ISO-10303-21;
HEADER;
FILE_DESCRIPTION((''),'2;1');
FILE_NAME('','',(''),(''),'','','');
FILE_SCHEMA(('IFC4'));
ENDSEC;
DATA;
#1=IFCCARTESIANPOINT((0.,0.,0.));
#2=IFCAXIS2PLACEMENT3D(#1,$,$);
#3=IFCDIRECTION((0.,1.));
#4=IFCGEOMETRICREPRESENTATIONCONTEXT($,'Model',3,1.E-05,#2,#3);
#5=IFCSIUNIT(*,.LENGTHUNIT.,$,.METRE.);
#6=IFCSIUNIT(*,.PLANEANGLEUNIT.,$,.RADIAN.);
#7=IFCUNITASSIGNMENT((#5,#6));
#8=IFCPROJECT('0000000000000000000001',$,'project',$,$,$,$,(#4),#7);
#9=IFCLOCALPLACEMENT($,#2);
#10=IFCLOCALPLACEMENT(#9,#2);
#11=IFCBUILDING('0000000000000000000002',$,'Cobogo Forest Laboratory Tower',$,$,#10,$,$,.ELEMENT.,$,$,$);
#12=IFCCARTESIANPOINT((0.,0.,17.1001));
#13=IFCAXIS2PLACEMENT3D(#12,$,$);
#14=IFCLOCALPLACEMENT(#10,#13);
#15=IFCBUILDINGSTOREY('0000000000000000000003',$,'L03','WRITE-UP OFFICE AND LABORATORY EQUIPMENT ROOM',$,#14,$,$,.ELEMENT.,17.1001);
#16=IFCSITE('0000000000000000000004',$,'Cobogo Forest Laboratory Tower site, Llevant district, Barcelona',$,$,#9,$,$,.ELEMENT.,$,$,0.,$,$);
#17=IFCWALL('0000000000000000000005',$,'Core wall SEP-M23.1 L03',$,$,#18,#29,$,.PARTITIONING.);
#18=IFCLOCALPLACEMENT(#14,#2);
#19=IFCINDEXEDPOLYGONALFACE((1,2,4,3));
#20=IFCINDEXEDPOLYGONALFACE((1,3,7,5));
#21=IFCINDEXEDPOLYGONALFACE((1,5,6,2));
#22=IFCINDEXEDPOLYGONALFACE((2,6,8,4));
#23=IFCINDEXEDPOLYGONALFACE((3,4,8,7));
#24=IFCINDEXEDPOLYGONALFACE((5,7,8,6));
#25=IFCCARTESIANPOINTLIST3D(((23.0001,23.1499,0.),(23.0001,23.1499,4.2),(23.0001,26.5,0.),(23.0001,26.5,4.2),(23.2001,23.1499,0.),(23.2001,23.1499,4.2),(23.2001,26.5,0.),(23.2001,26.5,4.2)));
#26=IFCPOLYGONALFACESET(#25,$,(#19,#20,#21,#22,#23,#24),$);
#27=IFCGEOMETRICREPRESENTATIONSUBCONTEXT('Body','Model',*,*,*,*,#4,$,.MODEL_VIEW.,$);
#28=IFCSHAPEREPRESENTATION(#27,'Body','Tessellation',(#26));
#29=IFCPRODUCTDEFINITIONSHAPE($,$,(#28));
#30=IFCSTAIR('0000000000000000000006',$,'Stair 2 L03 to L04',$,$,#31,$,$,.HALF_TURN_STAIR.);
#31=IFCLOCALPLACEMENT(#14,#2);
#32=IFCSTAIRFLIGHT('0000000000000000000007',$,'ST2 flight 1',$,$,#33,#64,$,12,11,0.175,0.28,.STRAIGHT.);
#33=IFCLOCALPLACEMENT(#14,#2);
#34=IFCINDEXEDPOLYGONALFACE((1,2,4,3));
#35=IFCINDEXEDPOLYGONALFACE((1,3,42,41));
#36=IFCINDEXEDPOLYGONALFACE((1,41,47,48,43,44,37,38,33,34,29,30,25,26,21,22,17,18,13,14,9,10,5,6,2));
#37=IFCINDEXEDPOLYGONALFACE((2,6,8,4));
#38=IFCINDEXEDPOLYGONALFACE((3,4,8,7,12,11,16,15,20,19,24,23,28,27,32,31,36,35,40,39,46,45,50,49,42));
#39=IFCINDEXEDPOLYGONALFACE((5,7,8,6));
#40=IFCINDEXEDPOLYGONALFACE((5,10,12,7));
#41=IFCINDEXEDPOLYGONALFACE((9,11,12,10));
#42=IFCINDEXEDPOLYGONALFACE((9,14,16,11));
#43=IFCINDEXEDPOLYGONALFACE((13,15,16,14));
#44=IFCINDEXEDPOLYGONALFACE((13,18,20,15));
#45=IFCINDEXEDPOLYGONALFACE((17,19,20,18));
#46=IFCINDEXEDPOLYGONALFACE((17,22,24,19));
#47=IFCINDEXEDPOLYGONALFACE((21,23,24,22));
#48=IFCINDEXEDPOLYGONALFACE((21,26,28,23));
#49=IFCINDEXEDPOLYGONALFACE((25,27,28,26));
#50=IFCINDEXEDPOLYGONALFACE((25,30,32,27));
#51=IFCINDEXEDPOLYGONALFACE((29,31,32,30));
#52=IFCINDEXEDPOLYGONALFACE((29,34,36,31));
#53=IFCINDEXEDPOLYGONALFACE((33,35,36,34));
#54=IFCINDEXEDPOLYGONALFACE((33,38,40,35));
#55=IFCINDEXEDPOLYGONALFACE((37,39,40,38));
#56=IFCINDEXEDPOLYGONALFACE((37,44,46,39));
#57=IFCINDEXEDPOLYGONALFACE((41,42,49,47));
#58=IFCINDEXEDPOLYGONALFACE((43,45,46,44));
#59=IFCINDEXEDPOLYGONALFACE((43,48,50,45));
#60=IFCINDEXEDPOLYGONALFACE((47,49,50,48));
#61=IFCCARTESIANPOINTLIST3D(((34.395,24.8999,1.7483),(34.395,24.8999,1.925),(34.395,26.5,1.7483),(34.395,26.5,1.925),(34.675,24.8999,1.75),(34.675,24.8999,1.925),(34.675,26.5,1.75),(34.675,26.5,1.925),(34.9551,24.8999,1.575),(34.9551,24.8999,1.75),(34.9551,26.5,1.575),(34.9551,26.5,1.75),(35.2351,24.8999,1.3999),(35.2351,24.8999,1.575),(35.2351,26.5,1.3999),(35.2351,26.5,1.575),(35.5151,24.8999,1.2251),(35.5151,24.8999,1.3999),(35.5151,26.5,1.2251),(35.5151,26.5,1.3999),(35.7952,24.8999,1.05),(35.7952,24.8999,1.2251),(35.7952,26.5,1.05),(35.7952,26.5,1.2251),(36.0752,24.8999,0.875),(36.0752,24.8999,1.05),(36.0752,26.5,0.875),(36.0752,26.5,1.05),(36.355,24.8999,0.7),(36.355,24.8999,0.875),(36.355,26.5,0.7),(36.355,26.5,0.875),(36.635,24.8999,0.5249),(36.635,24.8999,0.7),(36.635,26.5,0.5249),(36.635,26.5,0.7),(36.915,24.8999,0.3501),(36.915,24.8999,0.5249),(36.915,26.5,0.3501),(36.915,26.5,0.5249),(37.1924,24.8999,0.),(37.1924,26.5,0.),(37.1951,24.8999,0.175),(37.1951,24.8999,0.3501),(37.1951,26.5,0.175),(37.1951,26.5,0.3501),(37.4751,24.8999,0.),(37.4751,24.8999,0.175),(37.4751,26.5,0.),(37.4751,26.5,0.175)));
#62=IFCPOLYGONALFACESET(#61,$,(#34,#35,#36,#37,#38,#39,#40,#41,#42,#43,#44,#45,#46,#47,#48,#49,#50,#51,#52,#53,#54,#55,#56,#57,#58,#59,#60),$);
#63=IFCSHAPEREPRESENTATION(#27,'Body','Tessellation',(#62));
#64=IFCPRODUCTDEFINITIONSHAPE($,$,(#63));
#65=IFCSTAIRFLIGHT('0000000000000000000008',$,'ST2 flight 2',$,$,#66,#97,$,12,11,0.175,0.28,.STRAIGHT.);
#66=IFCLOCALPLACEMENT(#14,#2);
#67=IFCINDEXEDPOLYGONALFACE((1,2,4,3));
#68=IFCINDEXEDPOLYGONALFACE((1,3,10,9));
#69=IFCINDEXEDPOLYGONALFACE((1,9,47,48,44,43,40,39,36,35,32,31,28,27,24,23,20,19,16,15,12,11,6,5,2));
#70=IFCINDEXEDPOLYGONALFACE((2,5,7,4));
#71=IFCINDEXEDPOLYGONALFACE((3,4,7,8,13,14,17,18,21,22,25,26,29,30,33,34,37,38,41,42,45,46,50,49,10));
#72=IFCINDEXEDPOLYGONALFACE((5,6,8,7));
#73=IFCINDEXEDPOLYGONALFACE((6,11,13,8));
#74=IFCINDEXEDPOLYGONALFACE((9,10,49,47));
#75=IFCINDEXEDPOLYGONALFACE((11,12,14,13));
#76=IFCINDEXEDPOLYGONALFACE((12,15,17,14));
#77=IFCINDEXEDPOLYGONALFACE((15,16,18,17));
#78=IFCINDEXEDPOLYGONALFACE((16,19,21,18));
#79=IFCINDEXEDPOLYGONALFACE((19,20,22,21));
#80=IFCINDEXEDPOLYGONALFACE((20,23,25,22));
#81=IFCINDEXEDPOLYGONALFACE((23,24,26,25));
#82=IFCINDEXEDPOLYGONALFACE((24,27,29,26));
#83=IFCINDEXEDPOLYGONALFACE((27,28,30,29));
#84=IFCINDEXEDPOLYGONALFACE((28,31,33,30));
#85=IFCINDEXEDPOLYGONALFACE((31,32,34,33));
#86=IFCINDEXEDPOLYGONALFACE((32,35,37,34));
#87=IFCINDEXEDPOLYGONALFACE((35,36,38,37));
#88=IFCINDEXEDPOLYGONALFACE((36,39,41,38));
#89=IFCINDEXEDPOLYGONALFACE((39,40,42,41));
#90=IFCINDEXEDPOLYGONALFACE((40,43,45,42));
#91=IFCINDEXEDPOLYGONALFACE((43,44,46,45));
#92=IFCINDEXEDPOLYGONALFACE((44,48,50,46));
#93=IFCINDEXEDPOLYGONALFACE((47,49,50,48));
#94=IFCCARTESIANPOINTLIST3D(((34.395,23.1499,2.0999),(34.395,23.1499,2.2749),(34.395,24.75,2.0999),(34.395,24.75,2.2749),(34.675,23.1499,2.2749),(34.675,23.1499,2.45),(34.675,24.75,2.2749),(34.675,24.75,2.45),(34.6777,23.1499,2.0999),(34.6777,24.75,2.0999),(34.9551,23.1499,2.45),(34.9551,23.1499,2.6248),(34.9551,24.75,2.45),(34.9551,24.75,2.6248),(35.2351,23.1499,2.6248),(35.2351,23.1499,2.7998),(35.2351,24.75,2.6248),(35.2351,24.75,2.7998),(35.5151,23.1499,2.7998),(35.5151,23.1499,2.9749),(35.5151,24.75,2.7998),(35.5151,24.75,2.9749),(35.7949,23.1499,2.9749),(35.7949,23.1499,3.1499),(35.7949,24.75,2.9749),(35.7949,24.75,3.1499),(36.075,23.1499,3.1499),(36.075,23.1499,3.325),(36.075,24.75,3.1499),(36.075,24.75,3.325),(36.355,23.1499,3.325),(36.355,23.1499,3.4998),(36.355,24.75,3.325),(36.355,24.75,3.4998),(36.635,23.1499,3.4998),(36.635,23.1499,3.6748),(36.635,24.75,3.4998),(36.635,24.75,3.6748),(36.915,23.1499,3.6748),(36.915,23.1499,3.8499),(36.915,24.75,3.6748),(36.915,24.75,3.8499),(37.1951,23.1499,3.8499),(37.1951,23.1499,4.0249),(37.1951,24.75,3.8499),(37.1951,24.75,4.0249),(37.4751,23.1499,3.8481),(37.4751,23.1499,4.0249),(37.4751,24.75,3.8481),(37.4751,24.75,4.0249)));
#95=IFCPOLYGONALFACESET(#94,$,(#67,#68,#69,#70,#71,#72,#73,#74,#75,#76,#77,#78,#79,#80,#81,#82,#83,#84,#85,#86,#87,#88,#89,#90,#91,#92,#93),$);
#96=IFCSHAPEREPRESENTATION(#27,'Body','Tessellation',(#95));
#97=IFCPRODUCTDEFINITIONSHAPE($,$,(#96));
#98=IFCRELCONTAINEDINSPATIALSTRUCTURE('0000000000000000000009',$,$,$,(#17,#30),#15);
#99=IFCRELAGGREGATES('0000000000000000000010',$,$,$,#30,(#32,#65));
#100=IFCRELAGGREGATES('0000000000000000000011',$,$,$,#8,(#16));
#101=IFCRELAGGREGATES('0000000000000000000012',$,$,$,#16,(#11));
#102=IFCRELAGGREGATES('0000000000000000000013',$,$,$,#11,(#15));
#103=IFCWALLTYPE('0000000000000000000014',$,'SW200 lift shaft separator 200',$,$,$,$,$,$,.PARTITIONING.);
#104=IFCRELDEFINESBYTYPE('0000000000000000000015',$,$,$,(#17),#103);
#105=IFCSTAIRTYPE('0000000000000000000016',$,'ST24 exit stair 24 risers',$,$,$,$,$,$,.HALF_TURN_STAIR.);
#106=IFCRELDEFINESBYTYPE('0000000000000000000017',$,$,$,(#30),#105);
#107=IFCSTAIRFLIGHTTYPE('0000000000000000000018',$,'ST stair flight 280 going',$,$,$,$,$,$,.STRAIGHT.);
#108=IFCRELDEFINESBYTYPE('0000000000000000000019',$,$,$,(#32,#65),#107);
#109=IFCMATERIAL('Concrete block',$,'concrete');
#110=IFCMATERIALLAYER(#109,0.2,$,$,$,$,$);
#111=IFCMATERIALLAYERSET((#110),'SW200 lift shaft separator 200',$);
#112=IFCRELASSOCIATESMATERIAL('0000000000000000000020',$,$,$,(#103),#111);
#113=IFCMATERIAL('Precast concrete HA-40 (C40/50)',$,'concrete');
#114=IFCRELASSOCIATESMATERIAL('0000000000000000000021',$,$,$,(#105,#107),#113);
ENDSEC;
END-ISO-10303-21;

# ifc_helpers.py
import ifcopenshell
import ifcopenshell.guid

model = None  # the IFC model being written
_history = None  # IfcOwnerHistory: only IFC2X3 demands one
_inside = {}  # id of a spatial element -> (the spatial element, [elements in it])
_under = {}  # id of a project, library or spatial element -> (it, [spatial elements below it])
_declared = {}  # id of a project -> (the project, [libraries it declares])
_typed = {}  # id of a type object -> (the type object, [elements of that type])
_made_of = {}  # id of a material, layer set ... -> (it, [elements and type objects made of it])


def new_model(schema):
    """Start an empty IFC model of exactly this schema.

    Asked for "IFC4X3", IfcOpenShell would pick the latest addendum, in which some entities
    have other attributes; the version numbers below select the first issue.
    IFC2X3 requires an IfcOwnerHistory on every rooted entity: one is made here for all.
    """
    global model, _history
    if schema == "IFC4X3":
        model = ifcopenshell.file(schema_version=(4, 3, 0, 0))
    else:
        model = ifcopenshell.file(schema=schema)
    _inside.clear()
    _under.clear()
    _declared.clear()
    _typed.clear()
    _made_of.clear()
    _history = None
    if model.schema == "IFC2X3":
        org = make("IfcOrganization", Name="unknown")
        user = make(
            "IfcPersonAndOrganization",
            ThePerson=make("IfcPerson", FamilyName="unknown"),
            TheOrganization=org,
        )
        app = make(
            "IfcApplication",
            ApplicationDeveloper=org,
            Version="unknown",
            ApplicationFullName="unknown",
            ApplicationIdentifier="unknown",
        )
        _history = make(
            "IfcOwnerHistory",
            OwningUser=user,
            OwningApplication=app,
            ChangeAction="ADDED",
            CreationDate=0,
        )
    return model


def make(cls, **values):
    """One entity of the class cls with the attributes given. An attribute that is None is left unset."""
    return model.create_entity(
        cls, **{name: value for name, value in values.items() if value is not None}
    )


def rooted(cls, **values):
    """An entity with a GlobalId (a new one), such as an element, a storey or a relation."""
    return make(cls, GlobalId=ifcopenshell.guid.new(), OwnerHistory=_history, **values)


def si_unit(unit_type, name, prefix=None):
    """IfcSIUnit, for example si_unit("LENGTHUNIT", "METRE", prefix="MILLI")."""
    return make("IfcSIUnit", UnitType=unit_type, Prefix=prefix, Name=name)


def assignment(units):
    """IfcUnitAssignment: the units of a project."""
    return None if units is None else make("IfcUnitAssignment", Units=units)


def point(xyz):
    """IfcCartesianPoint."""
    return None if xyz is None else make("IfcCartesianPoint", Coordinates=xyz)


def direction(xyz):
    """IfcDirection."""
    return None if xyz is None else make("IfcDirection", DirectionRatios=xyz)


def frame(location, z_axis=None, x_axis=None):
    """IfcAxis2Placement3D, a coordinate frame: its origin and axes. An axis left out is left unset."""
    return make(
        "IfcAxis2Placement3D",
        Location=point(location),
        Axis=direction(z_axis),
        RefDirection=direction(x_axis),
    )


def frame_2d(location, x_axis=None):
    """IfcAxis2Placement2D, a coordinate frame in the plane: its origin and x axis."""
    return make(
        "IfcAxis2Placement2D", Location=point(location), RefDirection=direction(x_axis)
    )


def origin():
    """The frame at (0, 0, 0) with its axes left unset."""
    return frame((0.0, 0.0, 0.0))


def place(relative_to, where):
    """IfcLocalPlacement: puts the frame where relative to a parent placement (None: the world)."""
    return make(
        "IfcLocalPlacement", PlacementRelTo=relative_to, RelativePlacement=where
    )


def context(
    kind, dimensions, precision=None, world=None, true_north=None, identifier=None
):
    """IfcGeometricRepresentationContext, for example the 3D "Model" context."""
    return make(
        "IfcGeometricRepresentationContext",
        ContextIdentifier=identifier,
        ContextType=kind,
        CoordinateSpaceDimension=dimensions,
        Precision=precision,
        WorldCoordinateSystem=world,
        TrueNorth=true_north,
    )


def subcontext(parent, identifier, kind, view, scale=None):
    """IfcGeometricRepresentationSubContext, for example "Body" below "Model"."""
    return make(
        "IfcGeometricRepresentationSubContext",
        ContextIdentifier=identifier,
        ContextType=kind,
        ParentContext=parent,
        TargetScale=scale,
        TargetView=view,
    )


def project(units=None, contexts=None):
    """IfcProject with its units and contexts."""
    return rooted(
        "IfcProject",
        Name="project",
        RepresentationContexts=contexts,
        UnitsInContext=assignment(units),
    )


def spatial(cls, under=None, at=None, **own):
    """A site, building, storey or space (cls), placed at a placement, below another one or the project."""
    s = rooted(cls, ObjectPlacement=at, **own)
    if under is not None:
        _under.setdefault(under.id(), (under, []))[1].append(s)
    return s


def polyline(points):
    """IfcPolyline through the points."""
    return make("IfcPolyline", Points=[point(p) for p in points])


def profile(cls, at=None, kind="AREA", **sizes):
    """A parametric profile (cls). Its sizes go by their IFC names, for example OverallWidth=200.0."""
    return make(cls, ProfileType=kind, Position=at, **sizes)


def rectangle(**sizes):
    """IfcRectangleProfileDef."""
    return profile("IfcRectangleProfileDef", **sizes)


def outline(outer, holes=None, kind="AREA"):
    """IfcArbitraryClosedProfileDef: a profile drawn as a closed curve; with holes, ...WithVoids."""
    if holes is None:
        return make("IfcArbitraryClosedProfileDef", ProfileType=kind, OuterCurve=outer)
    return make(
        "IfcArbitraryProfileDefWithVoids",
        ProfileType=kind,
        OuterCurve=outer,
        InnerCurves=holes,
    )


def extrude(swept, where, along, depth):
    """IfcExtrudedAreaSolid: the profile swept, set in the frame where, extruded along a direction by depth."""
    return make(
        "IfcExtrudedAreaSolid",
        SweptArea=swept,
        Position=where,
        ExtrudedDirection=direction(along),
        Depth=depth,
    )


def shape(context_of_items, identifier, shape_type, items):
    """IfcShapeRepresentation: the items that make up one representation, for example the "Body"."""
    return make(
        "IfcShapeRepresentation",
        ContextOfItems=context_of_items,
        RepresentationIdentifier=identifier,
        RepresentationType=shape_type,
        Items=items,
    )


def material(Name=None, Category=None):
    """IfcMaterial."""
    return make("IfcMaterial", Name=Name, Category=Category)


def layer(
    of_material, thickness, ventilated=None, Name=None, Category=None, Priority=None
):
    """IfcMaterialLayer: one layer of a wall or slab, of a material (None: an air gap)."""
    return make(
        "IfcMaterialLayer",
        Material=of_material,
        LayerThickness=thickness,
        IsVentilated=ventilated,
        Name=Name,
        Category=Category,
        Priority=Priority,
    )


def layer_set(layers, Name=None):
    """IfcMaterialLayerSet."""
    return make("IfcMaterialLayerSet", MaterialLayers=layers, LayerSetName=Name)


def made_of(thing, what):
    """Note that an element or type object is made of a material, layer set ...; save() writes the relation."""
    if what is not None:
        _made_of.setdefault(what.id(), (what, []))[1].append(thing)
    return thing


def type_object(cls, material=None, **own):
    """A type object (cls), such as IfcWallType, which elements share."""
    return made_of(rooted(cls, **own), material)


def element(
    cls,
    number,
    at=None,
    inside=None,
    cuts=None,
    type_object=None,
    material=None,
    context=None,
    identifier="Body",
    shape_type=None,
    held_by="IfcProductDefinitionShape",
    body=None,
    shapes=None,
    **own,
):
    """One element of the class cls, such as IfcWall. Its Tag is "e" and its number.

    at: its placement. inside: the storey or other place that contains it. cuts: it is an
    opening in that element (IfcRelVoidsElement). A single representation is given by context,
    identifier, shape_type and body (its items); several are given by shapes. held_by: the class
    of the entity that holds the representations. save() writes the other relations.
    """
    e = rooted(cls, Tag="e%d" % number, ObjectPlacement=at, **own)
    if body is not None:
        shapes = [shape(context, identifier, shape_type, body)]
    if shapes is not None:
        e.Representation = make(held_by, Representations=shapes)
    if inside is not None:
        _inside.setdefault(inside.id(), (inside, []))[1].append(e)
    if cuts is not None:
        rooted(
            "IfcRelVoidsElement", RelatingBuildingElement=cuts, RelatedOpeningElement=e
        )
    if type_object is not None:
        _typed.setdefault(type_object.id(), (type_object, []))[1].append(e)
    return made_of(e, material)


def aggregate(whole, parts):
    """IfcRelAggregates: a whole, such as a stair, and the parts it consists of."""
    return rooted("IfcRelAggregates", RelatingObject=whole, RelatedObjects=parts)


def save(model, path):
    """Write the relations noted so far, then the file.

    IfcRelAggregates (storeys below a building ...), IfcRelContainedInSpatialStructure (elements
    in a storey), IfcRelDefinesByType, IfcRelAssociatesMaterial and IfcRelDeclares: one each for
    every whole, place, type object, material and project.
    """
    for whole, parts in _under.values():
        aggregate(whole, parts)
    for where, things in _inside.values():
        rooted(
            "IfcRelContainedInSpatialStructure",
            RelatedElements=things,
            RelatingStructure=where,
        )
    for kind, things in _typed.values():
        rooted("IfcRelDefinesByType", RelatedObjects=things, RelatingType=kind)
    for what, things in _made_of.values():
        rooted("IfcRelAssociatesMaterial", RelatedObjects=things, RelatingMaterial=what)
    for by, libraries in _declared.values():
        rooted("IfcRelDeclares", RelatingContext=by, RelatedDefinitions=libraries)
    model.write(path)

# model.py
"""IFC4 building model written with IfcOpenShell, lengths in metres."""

from ifc_helpers import new_model, si_unit, direction, frame, frame_2d, origin, place, context, subcontext, project, spatial, polyline, rectangle, outline, extrude, material, layer, layer_set, type_object, element, aggregate, save


model = new_model("IFC4")

# Units and contexts
model_context = context("Model", 3, precision=1e-05, world=origin(), true_north=direction((0.0, 1.0)))
body_context = subcontext(model_context, "Body", "Model", "MODEL_VIEW")
ifc_project = project(units=[si_unit("LENGTHUNIT", "METRE"), si_unit("PLANEANGLEUNIT", "RADIAN")], contexts=[model_context])

# Site, building, storey
site_placement = place(None, origin())
site = spatial("IfcSite", under=ifc_project, at=site_placement, Name="Cobogo Forest Laboratory Tower site, Llevant district, Barcelona", CompositionType="ELEMENT", RefElevation=0.0)
building_placement = place(site_placement, origin())
building = spatial("IfcBuilding", under=site, at=building_placement, Name="Cobogo Forest Laboratory Tower", CompositionType="ELEMENT")
storey_placement = place(building_placement, frame((0.0, 0.0, 17.1001)))
storey = spatial("IfcBuildingStorey", under=building, at=storey_placement, Name="L03", Description="WRITE-UP OFFICE AND LABORATORY EQUIPMENT ROOM", CompositionType="ELEMENT", Elevation=17.1001)

# Wall
ifc_material_1 = material(Name="Concrete block", Category="concrete")
ifc_layer_1 = layer(ifc_material_1, 0.2)
ifc_layer_set_1 = layer_set([ifc_layer_1], Name="SW200 lift shaft separator 200")
wall_type_1 = type_object("IfcWallType", Name="SW200 lift shaft separator 200", PredefinedType="PARTITIONING", material=ifc_layer_set_1)
for number, where, z_axis, x_axis, name in (
    (1, (23.1001, 23.1499, 0.0), (0.0, 0.0, 1.0), (0.0, 1.0, 0.0), "Core wall SEP-M23.1 L03"),
):
    element("IfcWall", number, at=place(storey_placement, frame(where, z_axis=z_axis, x_axis=x_axis)), inside=storey, type_object=wall_type_1, Name=name, PredefinedType="PARTITIONING", context=body_context, shape_type="SweptSolid", body=[
        extrude(rectangle(XDim=3.3501, YDim=0.2, at=frame_2d((1.675, 0.0))), origin(), (0.0, 0.0, 1.0), 4.2),
    ])

# Stair, stair flights
ifc_material_2 = material(Name="Precast concrete HA-40 (C40/50)", Category="concrete")
stair_type = type_object("IfcStairType", Name="ST24 exit stair 24 risers", PredefinedType="HALF_TURN_STAIR", material=ifc_material_2)
stair_placement = place(storey_placement, origin())
stair = element("IfcStair", 2, at=stair_placement, inside=storey, type_object=stair_type, Name="Stair 2 L03 to L04", PredefinedType="HALF_TURN_STAIR")
stair_flight_type = type_object("IfcStairFlightType", Name="ST stair flight 280 going", PredefinedType="STRAIGHT", material=ifc_material_2)
stair_flight_1_placement = place(storey_placement, frame((37.4751, 25.7, 0.0), z_axis=(0.0, 0.0, 1.0), x_axis=(-1.0, 0.0, 0.0)))
stair_flight_1 = element("IfcStairFlight", 3, at=stair_flight_1_placement, type_object=stair_flight_type, Name="ST2 flight 1", NumberOfRisers=12, NumberOfTreads=11, PredefinedType="STRAIGHT", RiserHeight=0.175, TreadLength=0.28, context=body_context, shape_type="SweptSolid", body=[
    extrude(outline(polyline([(0.0, 0.0), (0.0, 0.175), (0.28, 0.175), (0.28, 0.3501), (0.5601, 0.3501), (0.5601, 0.5249), (0.8401, 0.5249), (0.8401, 0.7), (1.1201, 0.7), (1.1201, 0.875), (1.3999, 0.875), (1.3999, 1.05), (1.6799, 1.05), (1.6799, 1.2251), (1.96, 1.2251), (1.96, 1.3999), (2.24, 1.3999), (2.24, 1.575), (2.52, 1.575), (2.52, 1.75), (2.8, 1.75), (2.8, 1.925), (3.0801, 1.925), (3.0801, 2.1001), (3.0801, 1.7483), (0.2827, 0.0), (0.0, 0.0)])), frame((0.0, 0.8, 0.0), z_axis=(0.0, -1.0, 0.0), x_axis=(1.0, 0.0, 0.0)), (0.0, 0.0, 1.0), 1.6001),
])
stair_flight_2_placement = place(storey_placement, frame((34.395, 23.95, 2.0999), z_axis=(0.0, 0.0, 1.0), x_axis=(1.0, 0.0, 0.0)))
stair_flight_2 = element("IfcStairFlight", 4, at=stair_flight_2_placement, type_object=stair_flight_type, Name="ST2 flight 2", NumberOfRisers=12, NumberOfTreads=11, PredefinedType="STRAIGHT", RiserHeight=0.175, TreadLength=0.28, context=body_context, shape_type="SweptSolid", body=[
    extrude(outline(polyline([(0.0, 0.0), (0.0, 0.175), (0.28, 0.175), (0.28, 0.3501), (0.5601, 0.3501), (0.5601, 0.5249), (0.8401, 0.5249), (0.8401, 0.7), (1.1201, 0.7), (1.1201, 0.875), (1.3999, 0.875), (1.3999, 1.05), (1.6799, 1.05), (1.6799, 1.2251), (1.96, 1.2251), (1.96, 1.3999), (2.24, 1.3999), (2.24, 1.575), (2.52, 1.575), (2.52, 1.75), (2.8, 1.75), (2.8, 1.925), (3.0801, 1.925), (3.0801, 2.1001), (3.0801, 1.7483), (0.2827, 0.0), (0.0, 0.0)])), frame((0.0, 0.8, 0.0), z_axis=(0.0, -1.0, 0.0), x_axis=(1.0, 0.0, 0.0)), (0.0, 0.0, 1.0), 1.6001),
])
aggregate(stair, [stair_flight_1, stair_flight_2])

save(model, "model.ifc")
